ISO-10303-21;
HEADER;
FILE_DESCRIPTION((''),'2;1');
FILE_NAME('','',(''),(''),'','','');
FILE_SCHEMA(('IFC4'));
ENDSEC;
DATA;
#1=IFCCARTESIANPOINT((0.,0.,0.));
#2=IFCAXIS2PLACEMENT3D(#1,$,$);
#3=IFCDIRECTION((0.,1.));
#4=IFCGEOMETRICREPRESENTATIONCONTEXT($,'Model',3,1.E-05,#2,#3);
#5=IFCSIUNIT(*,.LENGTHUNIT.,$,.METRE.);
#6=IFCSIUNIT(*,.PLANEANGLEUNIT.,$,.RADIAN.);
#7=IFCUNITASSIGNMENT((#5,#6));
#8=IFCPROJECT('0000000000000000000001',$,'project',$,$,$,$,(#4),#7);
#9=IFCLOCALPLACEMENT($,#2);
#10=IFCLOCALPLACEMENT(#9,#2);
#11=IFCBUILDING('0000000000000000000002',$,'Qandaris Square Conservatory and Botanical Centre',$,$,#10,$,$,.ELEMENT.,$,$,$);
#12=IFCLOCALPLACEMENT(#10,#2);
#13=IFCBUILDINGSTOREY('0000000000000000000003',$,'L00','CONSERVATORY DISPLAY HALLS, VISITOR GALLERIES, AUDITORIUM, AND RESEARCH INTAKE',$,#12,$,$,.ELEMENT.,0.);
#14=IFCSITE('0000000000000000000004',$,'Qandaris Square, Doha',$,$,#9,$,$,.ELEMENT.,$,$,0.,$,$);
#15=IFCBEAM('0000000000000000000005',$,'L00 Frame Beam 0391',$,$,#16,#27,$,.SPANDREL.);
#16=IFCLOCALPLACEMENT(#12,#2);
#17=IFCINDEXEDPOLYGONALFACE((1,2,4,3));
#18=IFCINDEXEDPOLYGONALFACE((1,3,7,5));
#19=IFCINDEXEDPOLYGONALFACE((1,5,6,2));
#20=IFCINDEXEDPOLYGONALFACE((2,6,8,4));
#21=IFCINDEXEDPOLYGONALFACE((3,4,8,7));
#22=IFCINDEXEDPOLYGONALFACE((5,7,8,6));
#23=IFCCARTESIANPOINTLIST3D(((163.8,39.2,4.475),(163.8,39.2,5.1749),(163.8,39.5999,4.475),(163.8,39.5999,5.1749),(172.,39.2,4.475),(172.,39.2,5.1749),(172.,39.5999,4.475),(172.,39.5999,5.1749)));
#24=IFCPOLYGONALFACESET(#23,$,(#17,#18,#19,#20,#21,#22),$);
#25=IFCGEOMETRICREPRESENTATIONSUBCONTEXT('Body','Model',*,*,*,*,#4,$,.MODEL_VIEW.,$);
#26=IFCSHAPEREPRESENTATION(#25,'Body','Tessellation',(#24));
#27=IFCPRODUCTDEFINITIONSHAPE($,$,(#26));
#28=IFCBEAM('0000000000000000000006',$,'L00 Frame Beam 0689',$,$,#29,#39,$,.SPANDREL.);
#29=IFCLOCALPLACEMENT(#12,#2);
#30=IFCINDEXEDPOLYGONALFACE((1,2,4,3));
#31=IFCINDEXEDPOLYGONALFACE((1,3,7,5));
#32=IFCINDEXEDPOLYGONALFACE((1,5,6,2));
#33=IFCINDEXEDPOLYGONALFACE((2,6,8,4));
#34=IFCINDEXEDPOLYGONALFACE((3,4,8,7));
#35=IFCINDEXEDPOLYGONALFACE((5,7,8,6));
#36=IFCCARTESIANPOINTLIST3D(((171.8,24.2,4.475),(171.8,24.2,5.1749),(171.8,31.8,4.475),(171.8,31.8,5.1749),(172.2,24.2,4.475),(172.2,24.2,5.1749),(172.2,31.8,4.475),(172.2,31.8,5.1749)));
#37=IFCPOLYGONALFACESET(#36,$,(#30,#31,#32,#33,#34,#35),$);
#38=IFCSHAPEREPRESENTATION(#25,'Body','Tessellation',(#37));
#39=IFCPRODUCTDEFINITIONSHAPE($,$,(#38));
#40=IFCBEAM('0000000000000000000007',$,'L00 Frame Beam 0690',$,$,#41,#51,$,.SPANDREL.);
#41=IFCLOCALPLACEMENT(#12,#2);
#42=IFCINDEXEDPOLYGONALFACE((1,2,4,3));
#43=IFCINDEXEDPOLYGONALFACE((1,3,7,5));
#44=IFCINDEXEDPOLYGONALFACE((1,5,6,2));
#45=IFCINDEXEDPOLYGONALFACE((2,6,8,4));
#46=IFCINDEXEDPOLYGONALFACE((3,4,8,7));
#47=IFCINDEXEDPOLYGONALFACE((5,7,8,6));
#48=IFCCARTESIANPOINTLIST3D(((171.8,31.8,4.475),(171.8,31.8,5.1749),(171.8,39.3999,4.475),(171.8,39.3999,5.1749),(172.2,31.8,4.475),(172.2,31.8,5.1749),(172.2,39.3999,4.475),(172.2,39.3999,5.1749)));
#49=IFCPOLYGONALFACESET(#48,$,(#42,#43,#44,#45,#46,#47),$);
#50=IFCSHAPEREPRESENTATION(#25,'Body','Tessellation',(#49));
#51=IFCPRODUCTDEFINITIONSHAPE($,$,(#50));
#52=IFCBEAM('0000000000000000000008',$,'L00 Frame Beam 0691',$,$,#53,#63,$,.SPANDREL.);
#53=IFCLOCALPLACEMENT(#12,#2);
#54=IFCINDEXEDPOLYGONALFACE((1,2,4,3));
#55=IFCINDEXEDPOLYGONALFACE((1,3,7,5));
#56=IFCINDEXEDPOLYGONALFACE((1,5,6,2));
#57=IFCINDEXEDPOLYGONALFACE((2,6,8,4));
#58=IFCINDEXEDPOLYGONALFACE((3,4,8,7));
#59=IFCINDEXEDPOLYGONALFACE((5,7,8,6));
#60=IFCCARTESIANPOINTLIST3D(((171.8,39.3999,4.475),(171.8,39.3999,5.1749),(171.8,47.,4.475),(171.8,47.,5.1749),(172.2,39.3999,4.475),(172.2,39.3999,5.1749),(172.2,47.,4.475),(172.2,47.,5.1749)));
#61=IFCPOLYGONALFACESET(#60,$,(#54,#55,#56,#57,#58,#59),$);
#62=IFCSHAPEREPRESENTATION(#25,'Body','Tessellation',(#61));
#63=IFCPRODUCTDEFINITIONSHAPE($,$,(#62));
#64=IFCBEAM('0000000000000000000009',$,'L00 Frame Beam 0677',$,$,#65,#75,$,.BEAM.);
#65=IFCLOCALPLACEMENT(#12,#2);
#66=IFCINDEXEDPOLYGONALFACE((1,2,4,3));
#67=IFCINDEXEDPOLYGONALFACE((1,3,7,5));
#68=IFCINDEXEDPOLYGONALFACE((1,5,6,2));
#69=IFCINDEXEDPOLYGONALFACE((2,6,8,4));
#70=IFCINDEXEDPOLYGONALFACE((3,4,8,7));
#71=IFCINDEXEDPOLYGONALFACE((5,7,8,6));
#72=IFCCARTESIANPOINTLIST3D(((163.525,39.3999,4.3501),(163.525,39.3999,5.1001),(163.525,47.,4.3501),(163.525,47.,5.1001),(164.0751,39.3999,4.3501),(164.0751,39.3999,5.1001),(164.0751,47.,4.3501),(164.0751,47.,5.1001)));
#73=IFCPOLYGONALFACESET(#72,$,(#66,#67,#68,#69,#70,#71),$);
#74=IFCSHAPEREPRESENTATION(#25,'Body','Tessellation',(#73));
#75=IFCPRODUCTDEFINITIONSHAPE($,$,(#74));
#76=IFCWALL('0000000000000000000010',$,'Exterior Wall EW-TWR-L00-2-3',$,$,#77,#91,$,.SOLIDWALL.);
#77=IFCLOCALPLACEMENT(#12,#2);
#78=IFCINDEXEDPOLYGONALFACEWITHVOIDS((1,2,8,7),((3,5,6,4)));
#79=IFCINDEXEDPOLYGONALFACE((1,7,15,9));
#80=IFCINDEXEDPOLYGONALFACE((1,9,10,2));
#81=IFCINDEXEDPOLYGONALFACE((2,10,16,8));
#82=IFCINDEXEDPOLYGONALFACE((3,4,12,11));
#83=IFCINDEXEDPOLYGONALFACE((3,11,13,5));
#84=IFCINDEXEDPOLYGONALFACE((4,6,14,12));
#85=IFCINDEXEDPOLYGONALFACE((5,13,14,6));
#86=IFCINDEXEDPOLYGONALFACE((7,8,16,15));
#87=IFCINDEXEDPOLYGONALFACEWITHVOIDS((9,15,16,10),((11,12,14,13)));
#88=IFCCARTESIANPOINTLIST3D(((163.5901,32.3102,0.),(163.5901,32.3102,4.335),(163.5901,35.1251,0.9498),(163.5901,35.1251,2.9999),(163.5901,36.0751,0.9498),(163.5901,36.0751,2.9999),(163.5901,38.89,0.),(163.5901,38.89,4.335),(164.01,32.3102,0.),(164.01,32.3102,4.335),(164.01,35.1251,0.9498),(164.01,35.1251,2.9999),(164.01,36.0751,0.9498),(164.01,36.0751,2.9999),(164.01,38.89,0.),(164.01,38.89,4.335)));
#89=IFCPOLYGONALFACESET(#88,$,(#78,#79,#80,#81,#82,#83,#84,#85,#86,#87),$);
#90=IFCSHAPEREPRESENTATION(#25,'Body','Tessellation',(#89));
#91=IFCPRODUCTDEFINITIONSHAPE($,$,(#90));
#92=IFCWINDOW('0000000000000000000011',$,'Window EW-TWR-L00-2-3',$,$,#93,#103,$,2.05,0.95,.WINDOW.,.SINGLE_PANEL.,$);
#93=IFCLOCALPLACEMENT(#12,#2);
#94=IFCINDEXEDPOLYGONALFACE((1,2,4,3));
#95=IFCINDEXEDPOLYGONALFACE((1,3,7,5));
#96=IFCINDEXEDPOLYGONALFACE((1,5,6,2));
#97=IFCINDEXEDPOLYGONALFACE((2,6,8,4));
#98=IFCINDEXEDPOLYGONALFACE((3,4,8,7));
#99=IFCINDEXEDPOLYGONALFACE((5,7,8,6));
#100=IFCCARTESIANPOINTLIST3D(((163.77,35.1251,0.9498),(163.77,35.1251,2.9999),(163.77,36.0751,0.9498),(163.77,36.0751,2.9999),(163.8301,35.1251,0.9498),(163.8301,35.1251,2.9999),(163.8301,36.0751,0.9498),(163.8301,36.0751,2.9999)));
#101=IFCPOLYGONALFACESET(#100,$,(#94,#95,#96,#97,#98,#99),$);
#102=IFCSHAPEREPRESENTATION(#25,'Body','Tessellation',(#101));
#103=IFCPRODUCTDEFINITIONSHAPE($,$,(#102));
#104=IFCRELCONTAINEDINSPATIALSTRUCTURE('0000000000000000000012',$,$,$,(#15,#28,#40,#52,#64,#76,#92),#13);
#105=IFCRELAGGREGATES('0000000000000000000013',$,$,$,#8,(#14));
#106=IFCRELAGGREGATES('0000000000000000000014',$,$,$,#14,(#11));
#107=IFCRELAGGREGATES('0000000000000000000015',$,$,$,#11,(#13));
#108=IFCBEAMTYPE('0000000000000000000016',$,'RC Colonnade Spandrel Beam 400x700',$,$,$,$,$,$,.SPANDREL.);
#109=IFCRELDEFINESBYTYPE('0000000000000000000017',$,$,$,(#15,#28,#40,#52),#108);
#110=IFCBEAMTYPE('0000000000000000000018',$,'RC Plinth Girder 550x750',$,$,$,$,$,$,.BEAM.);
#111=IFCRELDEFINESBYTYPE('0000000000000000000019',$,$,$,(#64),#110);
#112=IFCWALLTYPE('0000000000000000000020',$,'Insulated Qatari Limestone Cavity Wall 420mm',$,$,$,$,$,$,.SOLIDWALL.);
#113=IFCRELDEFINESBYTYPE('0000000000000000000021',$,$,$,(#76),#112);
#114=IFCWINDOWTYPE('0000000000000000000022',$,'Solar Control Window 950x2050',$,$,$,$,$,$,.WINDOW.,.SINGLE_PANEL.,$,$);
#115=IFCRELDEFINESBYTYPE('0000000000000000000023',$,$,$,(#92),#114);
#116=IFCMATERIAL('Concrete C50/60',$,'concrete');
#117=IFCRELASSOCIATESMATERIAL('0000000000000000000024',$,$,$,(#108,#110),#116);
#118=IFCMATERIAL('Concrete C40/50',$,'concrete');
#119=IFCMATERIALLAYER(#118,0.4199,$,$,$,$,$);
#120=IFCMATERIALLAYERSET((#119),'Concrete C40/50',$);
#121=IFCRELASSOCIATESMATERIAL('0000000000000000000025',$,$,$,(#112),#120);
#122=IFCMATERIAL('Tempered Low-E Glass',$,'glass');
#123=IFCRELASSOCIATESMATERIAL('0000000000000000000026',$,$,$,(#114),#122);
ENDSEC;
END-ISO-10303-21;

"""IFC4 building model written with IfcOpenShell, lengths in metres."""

from ifc_helpers import new_model, si_unit, direction, frame, frame_2d, origin, origin_2d, place, context, subcontext, project, spatial, rectangle, extrude, material, layer, layer_set, material_profile, profile_set, type_object, element, fill, save


model = new_model("IFC4")

# Units and contexts
model_context = context("Model", 3, precision=1e-05, world=origin(), true_north=direction((0.0, 1.0)))
body_context = subcontext(model_context, "Body", "Model", "MODEL_VIEW")
ifc_project = project(units=[si_unit("LENGTHUNIT", "METRE"), si_unit("PLANEANGLEUNIT", "RADIAN")], contexts=[model_context])

# Site, building, storey
site_placement = place(None, origin())
site = spatial("IfcSite", under=ifc_project, at=site_placement, Name="Qandaris Square, Doha", CompositionType="ELEMENT", RefElevation=0.0)
building_placement = place(site_placement, origin())
building = spatial("IfcBuilding", under=site, at=building_placement, Name="Qandaris Square Conservatory and Botanical Centre", CompositionType="ELEMENT")
storey_placement = place(building_placement, origin())
storey = spatial("IfcBuildingStorey", under=building, at=storey_placement, Name="L00", Description="CONSERVATORY DISPLAY HALLS, VISITOR GALLERIES, AUDITORIUM, AND RESEARCH INTAKE", CompositionType="ELEMENT", Elevation=0.0)

# Shared definitions
ifc_material_1 = material(Name="Concrete C40/50", Category="concrete")

# Shared definitions
ifc_material_2 = material(Name="Concrete C50/60", Category="concrete")

# Beams
ifc_material_profile_1 = material_profile(ifc_material_2, rectangle(XDim=0.3999, YDim=0.7, at=origin_2d()), Name="RC-SP 400x700")
ifc_profile_set_1 = profile_set([ifc_material_profile_1], Name="Concrete C50/60")
beam_type_1 = type_object("IfcBeamType", Name="RC Colonnade Spandrel Beam 400x700", PredefinedType="SPANDREL", material=ifc_profile_set_1)
beam_1_placement = place(storey_placement, frame((163.8, 39.3999, 4.825), z_axis=(1.0, 0.0, 0.0), x_axis=(0.0, 1.0, 0.0)))
element("IfcBeam", 1, at=beam_1_placement, inside=storey, type_object=beam_type_1, Name="L00 Frame Beam 0391", PredefinedType="SPANDREL", context=body_context, shape_type="SweptSolid", body=[
    extrude(rectangle(XDim=0.3999, YDim=0.7, at=origin_2d()), origin(), (0.0, 0.0, 1.0), 8.2),
])
beam_2_placement = place(storey_placement, frame((172.0, 24.2, 4.825), z_axis=(0.0, 1.0, 0.0), x_axis=(-1.0, 0.0, 0.0)))
element("IfcBeam", 2, at=beam_2_placement, inside=storey, type_object=beam_type_1, Name="L00 Frame Beam 0689", PredefinedType="SPANDREL", context=body_context, shape_type="SweptSolid", body=[
    extrude(rectangle(XDim=0.3999, YDim=0.7, at=origin_2d()), origin(), (0.0, 0.0, 1.0), 7.6001),
])
beam_3_placement = place(storey_placement, frame((172.0, 31.8, 4.825), z_axis=(0.0, 1.0, 0.0), x_axis=(-1.0, 0.0, 0.0)))
element("IfcBeam", 3, at=beam_3_placement, inside=storey, type_object=beam_type_1, Name="L00 Frame Beam 0690", PredefinedType="SPANDREL", context=body_context, shape_type="SweptSolid", body=[
    extrude(rectangle(XDim=0.3999, YDim=0.7, at=origin_2d()), origin(), (0.0, 0.0, 1.0), 7.5999),
])
beam_4_placement = place(storey_placement, frame((172.0, 39.3999, 4.825), z_axis=(0.0, 1.0, 0.0), x_axis=(-1.0, 0.0, 0.0)))
element("IfcBeam", 4, at=beam_4_placement, inside=storey, type_object=beam_type_1, Name="L00 Frame Beam 0691", PredefinedType="SPANDREL", context=body_context, shape_type="SweptSolid", body=[
    extrude(rectangle(XDim=0.3999, YDim=0.7, at=origin_2d()), origin(), (0.0, 0.0, 1.0), 7.6001),
])
ifc_material_profile_2 = material_profile(ifc_material_2, rectangle(XDim=0.55, YDim=0.75, at=origin_2d()), Name="RC-BM 550x750")
ifc_profile_set_2 = profile_set([ifc_material_profile_2], Name="Concrete C50/60")
beam_type_2 = type_object("IfcBeamType", Name="RC Plinth Girder 550x750", PredefinedType="BEAM", material=ifc_profile_set_2)
beam_5_placement = place(storey_placement, frame((163.8, 39.3999, 4.7251), z_axis=(0.0, 1.0, 0.0), x_axis=(-1.0, 0.0, 0.0)))
element("IfcBeam", 5, at=beam_5_placement, inside=storey, type_object=beam_type_2, Name="L00 Frame Beam 0677", PredefinedType="BEAM", context=body_context, shape_type="SweptSolid", body=[
    extrude(rectangle(XDim=0.55, YDim=0.75, at=origin_2d()), origin(), (0.0, 0.0, 1.0), 7.6001),
])

# Wall, opening, window
ifc_layer = layer(ifc_material_1, 0.4199)
ifc_layer_set = layer_set([ifc_layer], Name="Concrete C40/50")
wall_type = type_object("IfcWallType", Name="Insulated Qatari Limestone Cavity Wall 420mm", PredefinedType="SOLIDWALL", material=ifc_layer_set)
wall_placement = place(storey_placement, frame((163.8, 32.3101, 0.0), z_axis=(0.0, 0.0, 1.0), x_axis=(0.0, 1.0, 0.0)))
wall = element("IfcWall", 6, at=wall_placement, inside=storey, type_object=wall_type, Name="Exterior Wall EW-TWR-L00-2-3", PredefinedType="SOLIDWALL", context=body_context, shape_type="SweptSolid", body=[
    extrude(rectangle(XDim=6.5798, YDim=0.4199, at=frame_2d((3.29, 0.0))), origin(), (0.0, 0.0, 1.0), 4.335),
])
opening_placement = place(wall_placement, frame((2.8149, 0.0, 0.95)))
opening = element("IfcOpeningElement", 7, at=opening_placement, cuts=wall, PredefinedType="OPENING", context=body_context, shape_type="SweptSolid", body=[
    extrude(rectangle(XDim=0.95, YDim=2.05, at=frame_2d((0.4751, 1.0249))), frame((0.0, 0.2219, 0.0), z_axis=(0.0, -1.0, 0.0), x_axis=(1.0, 0.0, 0.0)), (0.0, 0.0, 1.0), 0.4438),
])
ifc_material_3 = material(Name="Tempered Low-E Glass", Category="glass")
window_type = type_object("IfcWindowType", Name="Solar Control Window 950x2050", PartitioningType="SINGLE_PANEL", PredefinedType="WINDOW", material=ifc_material_3)
window_placement = place(opening_placement, origin())
window = element("IfcWindow", 8, at=window_placement, inside=storey, type_object=window_type, Name="Window EW-TWR-L00-2-3", OverallHeight=2.05, OverallWidth=0.95, PartitioningType="SINGLE_PANEL", PredefinedType="WINDOW", context=body_context, shape_type="SweptSolid", body=[
    extrude(rectangle(XDim=0.95, YDim=2.05, at=frame_2d((0.4751, 1.0249))), frame((0.0, 0.03, 0.0), z_axis=(0.0, -1.0, 0.0), x_axis=(1.0, 0.0, 0.0)), (0.0, 0.0, 1.0), 0.0601),
])
fill(opening, window)

save(model, "model.ifc")
